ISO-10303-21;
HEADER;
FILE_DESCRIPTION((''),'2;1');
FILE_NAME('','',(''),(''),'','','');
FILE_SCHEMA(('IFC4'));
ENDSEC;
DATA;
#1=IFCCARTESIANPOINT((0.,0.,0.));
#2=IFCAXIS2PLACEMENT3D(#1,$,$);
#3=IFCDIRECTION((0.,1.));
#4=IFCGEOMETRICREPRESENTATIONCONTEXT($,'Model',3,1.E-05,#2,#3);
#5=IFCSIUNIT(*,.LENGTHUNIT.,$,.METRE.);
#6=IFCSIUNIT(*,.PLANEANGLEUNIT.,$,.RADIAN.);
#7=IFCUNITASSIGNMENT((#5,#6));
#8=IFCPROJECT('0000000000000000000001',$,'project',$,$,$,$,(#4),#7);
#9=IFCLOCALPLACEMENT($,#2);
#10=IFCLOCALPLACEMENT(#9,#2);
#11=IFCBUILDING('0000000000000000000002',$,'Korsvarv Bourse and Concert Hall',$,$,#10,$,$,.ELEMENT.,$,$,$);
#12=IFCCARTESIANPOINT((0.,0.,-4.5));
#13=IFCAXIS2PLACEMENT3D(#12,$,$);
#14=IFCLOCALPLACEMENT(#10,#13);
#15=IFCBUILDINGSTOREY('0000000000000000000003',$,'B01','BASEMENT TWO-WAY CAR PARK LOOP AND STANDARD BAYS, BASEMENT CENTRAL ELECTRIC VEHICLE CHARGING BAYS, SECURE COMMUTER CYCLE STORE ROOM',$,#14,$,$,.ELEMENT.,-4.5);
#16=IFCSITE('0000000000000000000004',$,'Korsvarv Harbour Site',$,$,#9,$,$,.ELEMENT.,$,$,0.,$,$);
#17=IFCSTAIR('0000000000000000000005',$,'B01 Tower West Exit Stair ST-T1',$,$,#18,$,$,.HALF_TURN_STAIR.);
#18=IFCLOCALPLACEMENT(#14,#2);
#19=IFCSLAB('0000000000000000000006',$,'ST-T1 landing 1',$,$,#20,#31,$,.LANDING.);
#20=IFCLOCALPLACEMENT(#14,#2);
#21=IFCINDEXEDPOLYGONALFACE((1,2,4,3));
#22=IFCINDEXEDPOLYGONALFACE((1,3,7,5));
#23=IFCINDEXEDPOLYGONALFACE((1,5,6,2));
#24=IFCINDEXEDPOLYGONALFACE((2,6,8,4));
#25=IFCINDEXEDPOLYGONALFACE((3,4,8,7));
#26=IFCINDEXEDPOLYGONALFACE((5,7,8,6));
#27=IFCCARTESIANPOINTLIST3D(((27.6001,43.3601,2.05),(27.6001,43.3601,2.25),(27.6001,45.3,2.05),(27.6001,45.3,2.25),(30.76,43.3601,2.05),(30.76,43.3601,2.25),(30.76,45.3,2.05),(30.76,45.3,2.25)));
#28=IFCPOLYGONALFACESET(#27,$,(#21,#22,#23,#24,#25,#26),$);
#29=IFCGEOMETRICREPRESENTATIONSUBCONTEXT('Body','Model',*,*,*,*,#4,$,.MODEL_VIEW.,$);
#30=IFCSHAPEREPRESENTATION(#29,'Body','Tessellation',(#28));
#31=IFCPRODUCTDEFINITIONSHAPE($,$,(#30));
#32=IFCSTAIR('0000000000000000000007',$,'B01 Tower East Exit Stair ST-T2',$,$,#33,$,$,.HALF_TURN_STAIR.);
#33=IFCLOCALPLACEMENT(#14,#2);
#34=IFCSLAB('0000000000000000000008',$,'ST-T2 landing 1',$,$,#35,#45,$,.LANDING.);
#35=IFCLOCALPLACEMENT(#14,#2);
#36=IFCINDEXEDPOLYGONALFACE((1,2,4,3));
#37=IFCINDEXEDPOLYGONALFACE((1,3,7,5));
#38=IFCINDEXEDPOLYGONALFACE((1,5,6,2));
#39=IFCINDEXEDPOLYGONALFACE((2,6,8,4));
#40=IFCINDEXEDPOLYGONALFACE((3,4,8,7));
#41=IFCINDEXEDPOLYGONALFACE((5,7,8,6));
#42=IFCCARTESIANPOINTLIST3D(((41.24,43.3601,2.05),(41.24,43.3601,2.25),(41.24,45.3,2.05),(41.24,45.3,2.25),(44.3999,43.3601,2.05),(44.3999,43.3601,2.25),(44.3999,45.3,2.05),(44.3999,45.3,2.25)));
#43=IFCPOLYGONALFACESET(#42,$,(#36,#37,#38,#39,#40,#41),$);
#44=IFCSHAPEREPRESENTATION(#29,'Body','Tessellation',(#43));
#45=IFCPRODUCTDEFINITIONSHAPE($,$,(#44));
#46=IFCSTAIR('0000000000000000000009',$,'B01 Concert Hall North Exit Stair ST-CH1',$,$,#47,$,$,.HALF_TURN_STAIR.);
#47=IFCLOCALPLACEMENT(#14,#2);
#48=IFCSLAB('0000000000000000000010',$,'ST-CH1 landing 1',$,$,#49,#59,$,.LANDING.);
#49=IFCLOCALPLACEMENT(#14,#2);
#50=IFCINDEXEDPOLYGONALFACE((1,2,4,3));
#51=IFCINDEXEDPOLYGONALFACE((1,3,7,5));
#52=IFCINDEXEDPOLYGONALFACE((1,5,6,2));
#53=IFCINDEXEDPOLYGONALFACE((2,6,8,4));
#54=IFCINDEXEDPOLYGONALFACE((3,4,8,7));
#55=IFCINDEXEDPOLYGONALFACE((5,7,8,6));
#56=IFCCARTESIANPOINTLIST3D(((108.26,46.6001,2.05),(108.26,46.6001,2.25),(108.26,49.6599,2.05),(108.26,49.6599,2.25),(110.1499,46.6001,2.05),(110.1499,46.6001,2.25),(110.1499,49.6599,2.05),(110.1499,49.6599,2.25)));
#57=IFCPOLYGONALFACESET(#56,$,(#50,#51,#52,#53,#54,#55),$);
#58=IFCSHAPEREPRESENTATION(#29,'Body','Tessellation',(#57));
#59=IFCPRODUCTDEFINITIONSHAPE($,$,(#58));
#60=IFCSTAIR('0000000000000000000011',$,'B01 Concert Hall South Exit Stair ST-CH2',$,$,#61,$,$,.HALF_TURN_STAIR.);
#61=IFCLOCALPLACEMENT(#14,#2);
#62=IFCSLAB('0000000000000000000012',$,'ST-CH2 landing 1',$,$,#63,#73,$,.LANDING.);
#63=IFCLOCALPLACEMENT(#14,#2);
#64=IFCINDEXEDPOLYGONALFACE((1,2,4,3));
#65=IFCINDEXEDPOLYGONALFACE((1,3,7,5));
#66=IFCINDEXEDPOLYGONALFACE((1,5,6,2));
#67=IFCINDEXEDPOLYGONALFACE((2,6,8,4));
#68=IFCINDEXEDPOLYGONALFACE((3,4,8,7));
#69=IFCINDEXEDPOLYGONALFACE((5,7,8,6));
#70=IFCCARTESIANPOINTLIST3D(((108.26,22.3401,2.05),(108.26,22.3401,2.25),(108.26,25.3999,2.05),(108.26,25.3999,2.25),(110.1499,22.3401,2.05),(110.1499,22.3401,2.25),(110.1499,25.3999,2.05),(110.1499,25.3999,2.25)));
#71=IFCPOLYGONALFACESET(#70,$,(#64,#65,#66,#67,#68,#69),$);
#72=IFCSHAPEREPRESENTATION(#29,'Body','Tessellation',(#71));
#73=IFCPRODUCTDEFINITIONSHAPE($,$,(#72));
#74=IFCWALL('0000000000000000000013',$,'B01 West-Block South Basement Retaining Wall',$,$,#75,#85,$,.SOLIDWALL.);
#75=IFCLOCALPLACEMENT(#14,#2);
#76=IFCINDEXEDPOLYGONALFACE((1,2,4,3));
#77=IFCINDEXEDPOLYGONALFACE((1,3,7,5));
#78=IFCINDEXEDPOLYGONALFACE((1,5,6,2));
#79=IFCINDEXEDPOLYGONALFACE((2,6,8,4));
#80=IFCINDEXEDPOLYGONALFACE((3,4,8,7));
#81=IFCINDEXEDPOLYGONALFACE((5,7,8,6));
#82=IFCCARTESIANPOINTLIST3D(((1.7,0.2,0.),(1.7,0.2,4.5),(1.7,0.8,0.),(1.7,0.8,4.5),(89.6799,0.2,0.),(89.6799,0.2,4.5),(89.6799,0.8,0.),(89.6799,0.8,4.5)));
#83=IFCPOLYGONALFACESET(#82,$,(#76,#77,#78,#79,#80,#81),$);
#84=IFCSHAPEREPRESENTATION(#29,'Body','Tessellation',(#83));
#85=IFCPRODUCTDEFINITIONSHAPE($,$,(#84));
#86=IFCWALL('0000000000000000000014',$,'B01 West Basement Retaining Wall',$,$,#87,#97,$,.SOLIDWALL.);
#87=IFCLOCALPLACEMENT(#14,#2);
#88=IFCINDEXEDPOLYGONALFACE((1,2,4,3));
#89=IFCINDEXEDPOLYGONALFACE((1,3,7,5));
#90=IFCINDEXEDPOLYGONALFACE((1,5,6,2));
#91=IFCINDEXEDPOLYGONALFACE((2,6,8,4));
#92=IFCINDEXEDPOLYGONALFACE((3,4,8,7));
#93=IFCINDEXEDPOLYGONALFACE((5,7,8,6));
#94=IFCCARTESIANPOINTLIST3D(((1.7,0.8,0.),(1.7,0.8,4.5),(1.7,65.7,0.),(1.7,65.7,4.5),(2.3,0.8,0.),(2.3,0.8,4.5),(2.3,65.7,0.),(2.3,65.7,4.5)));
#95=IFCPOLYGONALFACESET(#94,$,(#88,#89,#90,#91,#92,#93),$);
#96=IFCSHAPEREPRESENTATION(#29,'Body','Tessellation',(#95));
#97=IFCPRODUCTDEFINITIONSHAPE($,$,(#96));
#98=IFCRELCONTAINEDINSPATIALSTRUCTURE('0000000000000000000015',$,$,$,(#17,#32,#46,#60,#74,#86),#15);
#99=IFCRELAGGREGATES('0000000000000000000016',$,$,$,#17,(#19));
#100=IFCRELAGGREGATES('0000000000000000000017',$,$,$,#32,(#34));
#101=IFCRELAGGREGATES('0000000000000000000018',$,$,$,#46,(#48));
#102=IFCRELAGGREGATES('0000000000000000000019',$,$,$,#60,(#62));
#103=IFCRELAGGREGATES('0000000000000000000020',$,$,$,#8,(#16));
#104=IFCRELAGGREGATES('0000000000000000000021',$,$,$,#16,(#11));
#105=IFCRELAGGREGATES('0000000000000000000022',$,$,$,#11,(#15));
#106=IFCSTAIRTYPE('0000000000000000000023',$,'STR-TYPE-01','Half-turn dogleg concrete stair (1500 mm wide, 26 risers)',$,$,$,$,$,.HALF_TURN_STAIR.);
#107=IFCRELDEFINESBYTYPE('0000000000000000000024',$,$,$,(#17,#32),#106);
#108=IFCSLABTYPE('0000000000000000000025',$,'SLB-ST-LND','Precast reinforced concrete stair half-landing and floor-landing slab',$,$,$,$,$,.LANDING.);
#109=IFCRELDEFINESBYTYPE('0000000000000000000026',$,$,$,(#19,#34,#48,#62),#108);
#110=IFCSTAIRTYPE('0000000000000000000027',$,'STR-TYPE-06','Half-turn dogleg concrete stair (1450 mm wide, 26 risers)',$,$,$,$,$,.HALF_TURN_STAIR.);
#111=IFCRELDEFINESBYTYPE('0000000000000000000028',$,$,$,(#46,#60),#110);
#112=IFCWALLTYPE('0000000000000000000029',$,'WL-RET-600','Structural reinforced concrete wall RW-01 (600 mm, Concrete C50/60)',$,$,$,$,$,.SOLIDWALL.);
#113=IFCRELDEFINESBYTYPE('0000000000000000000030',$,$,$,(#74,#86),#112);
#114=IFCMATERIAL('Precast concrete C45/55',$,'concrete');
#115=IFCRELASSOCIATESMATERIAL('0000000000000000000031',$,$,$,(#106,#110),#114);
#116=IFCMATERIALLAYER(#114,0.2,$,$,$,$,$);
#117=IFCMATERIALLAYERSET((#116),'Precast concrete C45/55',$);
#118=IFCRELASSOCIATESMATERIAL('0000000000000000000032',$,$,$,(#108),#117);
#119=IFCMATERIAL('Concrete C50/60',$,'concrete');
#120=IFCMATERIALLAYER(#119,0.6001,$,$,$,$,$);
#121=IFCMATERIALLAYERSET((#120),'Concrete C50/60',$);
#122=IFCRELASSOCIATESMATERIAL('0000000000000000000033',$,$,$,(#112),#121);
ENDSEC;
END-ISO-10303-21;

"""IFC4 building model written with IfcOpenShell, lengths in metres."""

from ifc_helpers import new_model, si_unit, direction, frame, frame_2d, origin, place, context, subcontext, project, spatial, polyline, rectangle, outline, extrude, material, layer, layer_set, type_object, element, aggregate, save


model = new_model("IFC4")

# Units and contexts
model_context = context("Model", 3, precision=1e-05, world=origin(), true_north=direction((0.0, 1.0)))
body_context = subcontext(model_context, "Body", "Model", "MODEL_VIEW")
ifc_project = project(units=[si_unit("LENGTHUNIT", "METRE"), si_unit("PLANEANGLEUNIT", "RADIAN")], contexts=[model_context])

# Site, building, storey
site_placement = place(None, origin())
site = spatial("IfcSite", under=ifc_project, at=site_placement, Name="Korsvarv Harbour Site", CompositionType="ELEMENT", RefElevation=0.0)
building_placement = place(site_placement, origin())
building = spatial("IfcBuilding", under=site, at=building_placement, Name="Korsvarv Bourse and Concert Hall", CompositionType="ELEMENT")
storey_placement = place(building_placement, frame((0.0, 0.0, -4.5)))
storey = spatial("IfcBuildingStorey", under=building, at=storey_placement, Name="B01", Description="BASEMENT TWO-WAY CAR PARK LOOP AND STANDARD BAYS, BASEMENT CENTRAL ELECTRIC VEHICLE CHARGING BAYS, SECURE COMMUTER CYCLE STORE ROOM", CompositionType="ELEMENT", Elevation=-4.5)

# Shared definitions
ifc_material_1 = material(Name="Precast concrete C45/55", Category="concrete")

# Stairs, slabs
stair_type_1 = type_object("IfcStairType", Name="STR-TYPE-01", Description="Half-turn dogleg concrete stair (1500 mm wide, 26 risers)", PredefinedType="HALF_TURN_STAIR", material=ifc_material_1)
stair_1_placement = place(storey_placement, origin())
stair_1 = element("IfcStair", 1, at=stair_1_placement, inside=storey, type_object=stair_type_1, Name="B01 Tower West Exit Stair ST-T1", PredefinedType="HALF_TURN_STAIR")
ifc_layer_1 = layer(ifc_material_1, 0.2)
ifc_layer_set_1 = layer_set([ifc_layer_1], Name="Precast concrete C45/55")
slab_type_1 = type_object("IfcSlabType", Name="SLB-ST-LND", Description="Precast reinforced concrete stair half-landing and floor-landing slab", PredefinedType="LANDING", material=ifc_layer_set_1)
slab_1_placement = place(storey_placement, frame((0.0, 0.0, 2.05)))
slab_1 = element("IfcSlab", 2, at=slab_1_placement, type_object=slab_type_1, Name="ST-T1 landing 1", PredefinedType="LANDING", context=body_context, shape_type="SweptSolid", body=[
    extrude(outline(polyline([(30.76, 43.3601), (30.76, 45.3), (27.6001, 45.3), (27.6001, 43.3601), (30.76, 43.3601)])), origin(), (0.0, 0.0, 1.0), 0.2),
])
aggregate(stair_1, [slab_1])
stair_2_placement = place(storey_placement, origin())
stair_2 = element("IfcStair", 3, at=stair_2_placement, inside=storey, type_object=stair_type_1, Name="B01 Tower East Exit Stair ST-T2", PredefinedType="HALF_TURN_STAIR")
slab_2_placement = place(storey_placement, frame((0.0, 0.0, 2.05)))
slab_2 = element("IfcSlab", 4, at=slab_2_placement, type_object=slab_type_1, Name="ST-T2 landing 1", PredefinedType="LANDING", context=body_context, shape_type="SweptSolid", body=[
    extrude(outline(polyline([(44.3999, 43.3601), (44.3999, 45.3), (41.24, 45.3), (41.24, 43.3601), (44.3999, 43.3601)])), origin(), (0.0, 0.0, 1.0), 0.2),
])
aggregate(stair_2, [slab_2])
stair_type_2 = type_object("IfcStairType", Name="STR-TYPE-06", Description="Half-turn dogleg concrete stair (1450 mm wide, 26 risers)", PredefinedType="HALF_TURN_STAIR", material=ifc_material_1)
stair_3_placement = place(storey_placement, origin())
stair_3 = element("IfcStair", 5, at=stair_3_placement, inside=storey, type_object=stair_type_2, Name="B01 Concert Hall North Exit Stair ST-CH1", PredefinedType="HALF_TURN_STAIR")
slab_3_placement = place(storey_placement, frame((0.0, 0.0, 2.05)))
slab_3 = element("IfcSlab", 6, at=slab_3_placement, type_object=slab_type_1, Name="ST-CH1 landing 1", PredefinedType="LANDING", context=body_context, shape_type="SweptSolid", body=[
    extrude(outline(polyline([(108.26, 46.6001), (110.1499, 46.6001), (110.1499, 49.6599), (108.26, 49.6599), (108.26, 46.6001)])), origin(), (0.0, 0.0, 1.0), 0.2),
])
aggregate(stair_3, [slab_3])
stair_4_placement = place(storey_placement, origin())
stair_4 = element("IfcStair", 7, at=stair_4_placement, inside=storey, type_object=stair_type_2, Name="B01 Concert Hall South Exit Stair ST-CH2", PredefinedType="HALF_TURN_STAIR")
slab_4_placement = place(storey_placement, frame((0.0, 0.0, 2.05)))
slab_4 = element("IfcSlab", 8, at=slab_4_placement, type_object=slab_type_1, Name="ST-CH2 landing 1", PredefinedType="LANDING", context=body_context, shape_type="SweptSolid", body=[
    extrude(outline(polyline([(108.26, 22.3401), (110.1499, 22.3401), (110.1499, 25.3999), (108.26, 25.3999), (108.26, 22.3401)])), origin(), (0.0, 0.0, 1.0), 0.2),
])
aggregate(stair_4, [slab_4])

# Walls
ifc_material_2 = material(Name="Concrete C50/60", Category="concrete")
ifc_layer_2 = layer(ifc_material_2, 0.6001)
ifc_layer_set_2 = layer_set([ifc_layer_2], Name="Concrete C50/60")
wall_type = type_object("IfcWallType", Name="WL-RET-600", Description="Structural reinforced concrete wall RW-01 (600 mm, Concrete C50/60)", PredefinedType="SOLIDWALL", material=ifc_layer_set_2)
wall_1_placement = place(storey_placement, frame((1.7, 0.5, 0.0), z_axis=(0.0, 0.0, 1.0), x_axis=(1.0, 0.0, 0.0)))
element("IfcWall", 9, at=wall_1_placement, inside=storey, type_object=wall_type, Name="B01 West-Block South Basement Retaining Wall", PredefinedType="SOLIDWALL", context=body_context, shape_type="SweptSolid", body=[
    extrude(rectangle(XDim=87.98, YDim=0.6001, at=frame_2d((43.99, 0.0))), origin(), (0.0, 0.0, 1.0), 4.5),
])
wall_2_placement = place(storey_placement, frame((2.0, 0.8, 0.0), z_axis=(0.0, 0.0, 1.0), x_axis=(0.0, 1.0, 0.0)))
element("IfcWall", 10, at=wall_2_placement, inside=storey, type_object=wall_type, Name="B01 West Basement Retaining Wall", PredefinedType="SOLIDWALL", context=body_context, shape_type="SweptSolid", body=[
    extrude(rectangle(XDim=64.8999, YDim=0.6001, at=frame_2d((32.45, 0.0))), origin(), (0.0, 0.0, 1.0), 4.5),
])

save(model, "model.ifc")
